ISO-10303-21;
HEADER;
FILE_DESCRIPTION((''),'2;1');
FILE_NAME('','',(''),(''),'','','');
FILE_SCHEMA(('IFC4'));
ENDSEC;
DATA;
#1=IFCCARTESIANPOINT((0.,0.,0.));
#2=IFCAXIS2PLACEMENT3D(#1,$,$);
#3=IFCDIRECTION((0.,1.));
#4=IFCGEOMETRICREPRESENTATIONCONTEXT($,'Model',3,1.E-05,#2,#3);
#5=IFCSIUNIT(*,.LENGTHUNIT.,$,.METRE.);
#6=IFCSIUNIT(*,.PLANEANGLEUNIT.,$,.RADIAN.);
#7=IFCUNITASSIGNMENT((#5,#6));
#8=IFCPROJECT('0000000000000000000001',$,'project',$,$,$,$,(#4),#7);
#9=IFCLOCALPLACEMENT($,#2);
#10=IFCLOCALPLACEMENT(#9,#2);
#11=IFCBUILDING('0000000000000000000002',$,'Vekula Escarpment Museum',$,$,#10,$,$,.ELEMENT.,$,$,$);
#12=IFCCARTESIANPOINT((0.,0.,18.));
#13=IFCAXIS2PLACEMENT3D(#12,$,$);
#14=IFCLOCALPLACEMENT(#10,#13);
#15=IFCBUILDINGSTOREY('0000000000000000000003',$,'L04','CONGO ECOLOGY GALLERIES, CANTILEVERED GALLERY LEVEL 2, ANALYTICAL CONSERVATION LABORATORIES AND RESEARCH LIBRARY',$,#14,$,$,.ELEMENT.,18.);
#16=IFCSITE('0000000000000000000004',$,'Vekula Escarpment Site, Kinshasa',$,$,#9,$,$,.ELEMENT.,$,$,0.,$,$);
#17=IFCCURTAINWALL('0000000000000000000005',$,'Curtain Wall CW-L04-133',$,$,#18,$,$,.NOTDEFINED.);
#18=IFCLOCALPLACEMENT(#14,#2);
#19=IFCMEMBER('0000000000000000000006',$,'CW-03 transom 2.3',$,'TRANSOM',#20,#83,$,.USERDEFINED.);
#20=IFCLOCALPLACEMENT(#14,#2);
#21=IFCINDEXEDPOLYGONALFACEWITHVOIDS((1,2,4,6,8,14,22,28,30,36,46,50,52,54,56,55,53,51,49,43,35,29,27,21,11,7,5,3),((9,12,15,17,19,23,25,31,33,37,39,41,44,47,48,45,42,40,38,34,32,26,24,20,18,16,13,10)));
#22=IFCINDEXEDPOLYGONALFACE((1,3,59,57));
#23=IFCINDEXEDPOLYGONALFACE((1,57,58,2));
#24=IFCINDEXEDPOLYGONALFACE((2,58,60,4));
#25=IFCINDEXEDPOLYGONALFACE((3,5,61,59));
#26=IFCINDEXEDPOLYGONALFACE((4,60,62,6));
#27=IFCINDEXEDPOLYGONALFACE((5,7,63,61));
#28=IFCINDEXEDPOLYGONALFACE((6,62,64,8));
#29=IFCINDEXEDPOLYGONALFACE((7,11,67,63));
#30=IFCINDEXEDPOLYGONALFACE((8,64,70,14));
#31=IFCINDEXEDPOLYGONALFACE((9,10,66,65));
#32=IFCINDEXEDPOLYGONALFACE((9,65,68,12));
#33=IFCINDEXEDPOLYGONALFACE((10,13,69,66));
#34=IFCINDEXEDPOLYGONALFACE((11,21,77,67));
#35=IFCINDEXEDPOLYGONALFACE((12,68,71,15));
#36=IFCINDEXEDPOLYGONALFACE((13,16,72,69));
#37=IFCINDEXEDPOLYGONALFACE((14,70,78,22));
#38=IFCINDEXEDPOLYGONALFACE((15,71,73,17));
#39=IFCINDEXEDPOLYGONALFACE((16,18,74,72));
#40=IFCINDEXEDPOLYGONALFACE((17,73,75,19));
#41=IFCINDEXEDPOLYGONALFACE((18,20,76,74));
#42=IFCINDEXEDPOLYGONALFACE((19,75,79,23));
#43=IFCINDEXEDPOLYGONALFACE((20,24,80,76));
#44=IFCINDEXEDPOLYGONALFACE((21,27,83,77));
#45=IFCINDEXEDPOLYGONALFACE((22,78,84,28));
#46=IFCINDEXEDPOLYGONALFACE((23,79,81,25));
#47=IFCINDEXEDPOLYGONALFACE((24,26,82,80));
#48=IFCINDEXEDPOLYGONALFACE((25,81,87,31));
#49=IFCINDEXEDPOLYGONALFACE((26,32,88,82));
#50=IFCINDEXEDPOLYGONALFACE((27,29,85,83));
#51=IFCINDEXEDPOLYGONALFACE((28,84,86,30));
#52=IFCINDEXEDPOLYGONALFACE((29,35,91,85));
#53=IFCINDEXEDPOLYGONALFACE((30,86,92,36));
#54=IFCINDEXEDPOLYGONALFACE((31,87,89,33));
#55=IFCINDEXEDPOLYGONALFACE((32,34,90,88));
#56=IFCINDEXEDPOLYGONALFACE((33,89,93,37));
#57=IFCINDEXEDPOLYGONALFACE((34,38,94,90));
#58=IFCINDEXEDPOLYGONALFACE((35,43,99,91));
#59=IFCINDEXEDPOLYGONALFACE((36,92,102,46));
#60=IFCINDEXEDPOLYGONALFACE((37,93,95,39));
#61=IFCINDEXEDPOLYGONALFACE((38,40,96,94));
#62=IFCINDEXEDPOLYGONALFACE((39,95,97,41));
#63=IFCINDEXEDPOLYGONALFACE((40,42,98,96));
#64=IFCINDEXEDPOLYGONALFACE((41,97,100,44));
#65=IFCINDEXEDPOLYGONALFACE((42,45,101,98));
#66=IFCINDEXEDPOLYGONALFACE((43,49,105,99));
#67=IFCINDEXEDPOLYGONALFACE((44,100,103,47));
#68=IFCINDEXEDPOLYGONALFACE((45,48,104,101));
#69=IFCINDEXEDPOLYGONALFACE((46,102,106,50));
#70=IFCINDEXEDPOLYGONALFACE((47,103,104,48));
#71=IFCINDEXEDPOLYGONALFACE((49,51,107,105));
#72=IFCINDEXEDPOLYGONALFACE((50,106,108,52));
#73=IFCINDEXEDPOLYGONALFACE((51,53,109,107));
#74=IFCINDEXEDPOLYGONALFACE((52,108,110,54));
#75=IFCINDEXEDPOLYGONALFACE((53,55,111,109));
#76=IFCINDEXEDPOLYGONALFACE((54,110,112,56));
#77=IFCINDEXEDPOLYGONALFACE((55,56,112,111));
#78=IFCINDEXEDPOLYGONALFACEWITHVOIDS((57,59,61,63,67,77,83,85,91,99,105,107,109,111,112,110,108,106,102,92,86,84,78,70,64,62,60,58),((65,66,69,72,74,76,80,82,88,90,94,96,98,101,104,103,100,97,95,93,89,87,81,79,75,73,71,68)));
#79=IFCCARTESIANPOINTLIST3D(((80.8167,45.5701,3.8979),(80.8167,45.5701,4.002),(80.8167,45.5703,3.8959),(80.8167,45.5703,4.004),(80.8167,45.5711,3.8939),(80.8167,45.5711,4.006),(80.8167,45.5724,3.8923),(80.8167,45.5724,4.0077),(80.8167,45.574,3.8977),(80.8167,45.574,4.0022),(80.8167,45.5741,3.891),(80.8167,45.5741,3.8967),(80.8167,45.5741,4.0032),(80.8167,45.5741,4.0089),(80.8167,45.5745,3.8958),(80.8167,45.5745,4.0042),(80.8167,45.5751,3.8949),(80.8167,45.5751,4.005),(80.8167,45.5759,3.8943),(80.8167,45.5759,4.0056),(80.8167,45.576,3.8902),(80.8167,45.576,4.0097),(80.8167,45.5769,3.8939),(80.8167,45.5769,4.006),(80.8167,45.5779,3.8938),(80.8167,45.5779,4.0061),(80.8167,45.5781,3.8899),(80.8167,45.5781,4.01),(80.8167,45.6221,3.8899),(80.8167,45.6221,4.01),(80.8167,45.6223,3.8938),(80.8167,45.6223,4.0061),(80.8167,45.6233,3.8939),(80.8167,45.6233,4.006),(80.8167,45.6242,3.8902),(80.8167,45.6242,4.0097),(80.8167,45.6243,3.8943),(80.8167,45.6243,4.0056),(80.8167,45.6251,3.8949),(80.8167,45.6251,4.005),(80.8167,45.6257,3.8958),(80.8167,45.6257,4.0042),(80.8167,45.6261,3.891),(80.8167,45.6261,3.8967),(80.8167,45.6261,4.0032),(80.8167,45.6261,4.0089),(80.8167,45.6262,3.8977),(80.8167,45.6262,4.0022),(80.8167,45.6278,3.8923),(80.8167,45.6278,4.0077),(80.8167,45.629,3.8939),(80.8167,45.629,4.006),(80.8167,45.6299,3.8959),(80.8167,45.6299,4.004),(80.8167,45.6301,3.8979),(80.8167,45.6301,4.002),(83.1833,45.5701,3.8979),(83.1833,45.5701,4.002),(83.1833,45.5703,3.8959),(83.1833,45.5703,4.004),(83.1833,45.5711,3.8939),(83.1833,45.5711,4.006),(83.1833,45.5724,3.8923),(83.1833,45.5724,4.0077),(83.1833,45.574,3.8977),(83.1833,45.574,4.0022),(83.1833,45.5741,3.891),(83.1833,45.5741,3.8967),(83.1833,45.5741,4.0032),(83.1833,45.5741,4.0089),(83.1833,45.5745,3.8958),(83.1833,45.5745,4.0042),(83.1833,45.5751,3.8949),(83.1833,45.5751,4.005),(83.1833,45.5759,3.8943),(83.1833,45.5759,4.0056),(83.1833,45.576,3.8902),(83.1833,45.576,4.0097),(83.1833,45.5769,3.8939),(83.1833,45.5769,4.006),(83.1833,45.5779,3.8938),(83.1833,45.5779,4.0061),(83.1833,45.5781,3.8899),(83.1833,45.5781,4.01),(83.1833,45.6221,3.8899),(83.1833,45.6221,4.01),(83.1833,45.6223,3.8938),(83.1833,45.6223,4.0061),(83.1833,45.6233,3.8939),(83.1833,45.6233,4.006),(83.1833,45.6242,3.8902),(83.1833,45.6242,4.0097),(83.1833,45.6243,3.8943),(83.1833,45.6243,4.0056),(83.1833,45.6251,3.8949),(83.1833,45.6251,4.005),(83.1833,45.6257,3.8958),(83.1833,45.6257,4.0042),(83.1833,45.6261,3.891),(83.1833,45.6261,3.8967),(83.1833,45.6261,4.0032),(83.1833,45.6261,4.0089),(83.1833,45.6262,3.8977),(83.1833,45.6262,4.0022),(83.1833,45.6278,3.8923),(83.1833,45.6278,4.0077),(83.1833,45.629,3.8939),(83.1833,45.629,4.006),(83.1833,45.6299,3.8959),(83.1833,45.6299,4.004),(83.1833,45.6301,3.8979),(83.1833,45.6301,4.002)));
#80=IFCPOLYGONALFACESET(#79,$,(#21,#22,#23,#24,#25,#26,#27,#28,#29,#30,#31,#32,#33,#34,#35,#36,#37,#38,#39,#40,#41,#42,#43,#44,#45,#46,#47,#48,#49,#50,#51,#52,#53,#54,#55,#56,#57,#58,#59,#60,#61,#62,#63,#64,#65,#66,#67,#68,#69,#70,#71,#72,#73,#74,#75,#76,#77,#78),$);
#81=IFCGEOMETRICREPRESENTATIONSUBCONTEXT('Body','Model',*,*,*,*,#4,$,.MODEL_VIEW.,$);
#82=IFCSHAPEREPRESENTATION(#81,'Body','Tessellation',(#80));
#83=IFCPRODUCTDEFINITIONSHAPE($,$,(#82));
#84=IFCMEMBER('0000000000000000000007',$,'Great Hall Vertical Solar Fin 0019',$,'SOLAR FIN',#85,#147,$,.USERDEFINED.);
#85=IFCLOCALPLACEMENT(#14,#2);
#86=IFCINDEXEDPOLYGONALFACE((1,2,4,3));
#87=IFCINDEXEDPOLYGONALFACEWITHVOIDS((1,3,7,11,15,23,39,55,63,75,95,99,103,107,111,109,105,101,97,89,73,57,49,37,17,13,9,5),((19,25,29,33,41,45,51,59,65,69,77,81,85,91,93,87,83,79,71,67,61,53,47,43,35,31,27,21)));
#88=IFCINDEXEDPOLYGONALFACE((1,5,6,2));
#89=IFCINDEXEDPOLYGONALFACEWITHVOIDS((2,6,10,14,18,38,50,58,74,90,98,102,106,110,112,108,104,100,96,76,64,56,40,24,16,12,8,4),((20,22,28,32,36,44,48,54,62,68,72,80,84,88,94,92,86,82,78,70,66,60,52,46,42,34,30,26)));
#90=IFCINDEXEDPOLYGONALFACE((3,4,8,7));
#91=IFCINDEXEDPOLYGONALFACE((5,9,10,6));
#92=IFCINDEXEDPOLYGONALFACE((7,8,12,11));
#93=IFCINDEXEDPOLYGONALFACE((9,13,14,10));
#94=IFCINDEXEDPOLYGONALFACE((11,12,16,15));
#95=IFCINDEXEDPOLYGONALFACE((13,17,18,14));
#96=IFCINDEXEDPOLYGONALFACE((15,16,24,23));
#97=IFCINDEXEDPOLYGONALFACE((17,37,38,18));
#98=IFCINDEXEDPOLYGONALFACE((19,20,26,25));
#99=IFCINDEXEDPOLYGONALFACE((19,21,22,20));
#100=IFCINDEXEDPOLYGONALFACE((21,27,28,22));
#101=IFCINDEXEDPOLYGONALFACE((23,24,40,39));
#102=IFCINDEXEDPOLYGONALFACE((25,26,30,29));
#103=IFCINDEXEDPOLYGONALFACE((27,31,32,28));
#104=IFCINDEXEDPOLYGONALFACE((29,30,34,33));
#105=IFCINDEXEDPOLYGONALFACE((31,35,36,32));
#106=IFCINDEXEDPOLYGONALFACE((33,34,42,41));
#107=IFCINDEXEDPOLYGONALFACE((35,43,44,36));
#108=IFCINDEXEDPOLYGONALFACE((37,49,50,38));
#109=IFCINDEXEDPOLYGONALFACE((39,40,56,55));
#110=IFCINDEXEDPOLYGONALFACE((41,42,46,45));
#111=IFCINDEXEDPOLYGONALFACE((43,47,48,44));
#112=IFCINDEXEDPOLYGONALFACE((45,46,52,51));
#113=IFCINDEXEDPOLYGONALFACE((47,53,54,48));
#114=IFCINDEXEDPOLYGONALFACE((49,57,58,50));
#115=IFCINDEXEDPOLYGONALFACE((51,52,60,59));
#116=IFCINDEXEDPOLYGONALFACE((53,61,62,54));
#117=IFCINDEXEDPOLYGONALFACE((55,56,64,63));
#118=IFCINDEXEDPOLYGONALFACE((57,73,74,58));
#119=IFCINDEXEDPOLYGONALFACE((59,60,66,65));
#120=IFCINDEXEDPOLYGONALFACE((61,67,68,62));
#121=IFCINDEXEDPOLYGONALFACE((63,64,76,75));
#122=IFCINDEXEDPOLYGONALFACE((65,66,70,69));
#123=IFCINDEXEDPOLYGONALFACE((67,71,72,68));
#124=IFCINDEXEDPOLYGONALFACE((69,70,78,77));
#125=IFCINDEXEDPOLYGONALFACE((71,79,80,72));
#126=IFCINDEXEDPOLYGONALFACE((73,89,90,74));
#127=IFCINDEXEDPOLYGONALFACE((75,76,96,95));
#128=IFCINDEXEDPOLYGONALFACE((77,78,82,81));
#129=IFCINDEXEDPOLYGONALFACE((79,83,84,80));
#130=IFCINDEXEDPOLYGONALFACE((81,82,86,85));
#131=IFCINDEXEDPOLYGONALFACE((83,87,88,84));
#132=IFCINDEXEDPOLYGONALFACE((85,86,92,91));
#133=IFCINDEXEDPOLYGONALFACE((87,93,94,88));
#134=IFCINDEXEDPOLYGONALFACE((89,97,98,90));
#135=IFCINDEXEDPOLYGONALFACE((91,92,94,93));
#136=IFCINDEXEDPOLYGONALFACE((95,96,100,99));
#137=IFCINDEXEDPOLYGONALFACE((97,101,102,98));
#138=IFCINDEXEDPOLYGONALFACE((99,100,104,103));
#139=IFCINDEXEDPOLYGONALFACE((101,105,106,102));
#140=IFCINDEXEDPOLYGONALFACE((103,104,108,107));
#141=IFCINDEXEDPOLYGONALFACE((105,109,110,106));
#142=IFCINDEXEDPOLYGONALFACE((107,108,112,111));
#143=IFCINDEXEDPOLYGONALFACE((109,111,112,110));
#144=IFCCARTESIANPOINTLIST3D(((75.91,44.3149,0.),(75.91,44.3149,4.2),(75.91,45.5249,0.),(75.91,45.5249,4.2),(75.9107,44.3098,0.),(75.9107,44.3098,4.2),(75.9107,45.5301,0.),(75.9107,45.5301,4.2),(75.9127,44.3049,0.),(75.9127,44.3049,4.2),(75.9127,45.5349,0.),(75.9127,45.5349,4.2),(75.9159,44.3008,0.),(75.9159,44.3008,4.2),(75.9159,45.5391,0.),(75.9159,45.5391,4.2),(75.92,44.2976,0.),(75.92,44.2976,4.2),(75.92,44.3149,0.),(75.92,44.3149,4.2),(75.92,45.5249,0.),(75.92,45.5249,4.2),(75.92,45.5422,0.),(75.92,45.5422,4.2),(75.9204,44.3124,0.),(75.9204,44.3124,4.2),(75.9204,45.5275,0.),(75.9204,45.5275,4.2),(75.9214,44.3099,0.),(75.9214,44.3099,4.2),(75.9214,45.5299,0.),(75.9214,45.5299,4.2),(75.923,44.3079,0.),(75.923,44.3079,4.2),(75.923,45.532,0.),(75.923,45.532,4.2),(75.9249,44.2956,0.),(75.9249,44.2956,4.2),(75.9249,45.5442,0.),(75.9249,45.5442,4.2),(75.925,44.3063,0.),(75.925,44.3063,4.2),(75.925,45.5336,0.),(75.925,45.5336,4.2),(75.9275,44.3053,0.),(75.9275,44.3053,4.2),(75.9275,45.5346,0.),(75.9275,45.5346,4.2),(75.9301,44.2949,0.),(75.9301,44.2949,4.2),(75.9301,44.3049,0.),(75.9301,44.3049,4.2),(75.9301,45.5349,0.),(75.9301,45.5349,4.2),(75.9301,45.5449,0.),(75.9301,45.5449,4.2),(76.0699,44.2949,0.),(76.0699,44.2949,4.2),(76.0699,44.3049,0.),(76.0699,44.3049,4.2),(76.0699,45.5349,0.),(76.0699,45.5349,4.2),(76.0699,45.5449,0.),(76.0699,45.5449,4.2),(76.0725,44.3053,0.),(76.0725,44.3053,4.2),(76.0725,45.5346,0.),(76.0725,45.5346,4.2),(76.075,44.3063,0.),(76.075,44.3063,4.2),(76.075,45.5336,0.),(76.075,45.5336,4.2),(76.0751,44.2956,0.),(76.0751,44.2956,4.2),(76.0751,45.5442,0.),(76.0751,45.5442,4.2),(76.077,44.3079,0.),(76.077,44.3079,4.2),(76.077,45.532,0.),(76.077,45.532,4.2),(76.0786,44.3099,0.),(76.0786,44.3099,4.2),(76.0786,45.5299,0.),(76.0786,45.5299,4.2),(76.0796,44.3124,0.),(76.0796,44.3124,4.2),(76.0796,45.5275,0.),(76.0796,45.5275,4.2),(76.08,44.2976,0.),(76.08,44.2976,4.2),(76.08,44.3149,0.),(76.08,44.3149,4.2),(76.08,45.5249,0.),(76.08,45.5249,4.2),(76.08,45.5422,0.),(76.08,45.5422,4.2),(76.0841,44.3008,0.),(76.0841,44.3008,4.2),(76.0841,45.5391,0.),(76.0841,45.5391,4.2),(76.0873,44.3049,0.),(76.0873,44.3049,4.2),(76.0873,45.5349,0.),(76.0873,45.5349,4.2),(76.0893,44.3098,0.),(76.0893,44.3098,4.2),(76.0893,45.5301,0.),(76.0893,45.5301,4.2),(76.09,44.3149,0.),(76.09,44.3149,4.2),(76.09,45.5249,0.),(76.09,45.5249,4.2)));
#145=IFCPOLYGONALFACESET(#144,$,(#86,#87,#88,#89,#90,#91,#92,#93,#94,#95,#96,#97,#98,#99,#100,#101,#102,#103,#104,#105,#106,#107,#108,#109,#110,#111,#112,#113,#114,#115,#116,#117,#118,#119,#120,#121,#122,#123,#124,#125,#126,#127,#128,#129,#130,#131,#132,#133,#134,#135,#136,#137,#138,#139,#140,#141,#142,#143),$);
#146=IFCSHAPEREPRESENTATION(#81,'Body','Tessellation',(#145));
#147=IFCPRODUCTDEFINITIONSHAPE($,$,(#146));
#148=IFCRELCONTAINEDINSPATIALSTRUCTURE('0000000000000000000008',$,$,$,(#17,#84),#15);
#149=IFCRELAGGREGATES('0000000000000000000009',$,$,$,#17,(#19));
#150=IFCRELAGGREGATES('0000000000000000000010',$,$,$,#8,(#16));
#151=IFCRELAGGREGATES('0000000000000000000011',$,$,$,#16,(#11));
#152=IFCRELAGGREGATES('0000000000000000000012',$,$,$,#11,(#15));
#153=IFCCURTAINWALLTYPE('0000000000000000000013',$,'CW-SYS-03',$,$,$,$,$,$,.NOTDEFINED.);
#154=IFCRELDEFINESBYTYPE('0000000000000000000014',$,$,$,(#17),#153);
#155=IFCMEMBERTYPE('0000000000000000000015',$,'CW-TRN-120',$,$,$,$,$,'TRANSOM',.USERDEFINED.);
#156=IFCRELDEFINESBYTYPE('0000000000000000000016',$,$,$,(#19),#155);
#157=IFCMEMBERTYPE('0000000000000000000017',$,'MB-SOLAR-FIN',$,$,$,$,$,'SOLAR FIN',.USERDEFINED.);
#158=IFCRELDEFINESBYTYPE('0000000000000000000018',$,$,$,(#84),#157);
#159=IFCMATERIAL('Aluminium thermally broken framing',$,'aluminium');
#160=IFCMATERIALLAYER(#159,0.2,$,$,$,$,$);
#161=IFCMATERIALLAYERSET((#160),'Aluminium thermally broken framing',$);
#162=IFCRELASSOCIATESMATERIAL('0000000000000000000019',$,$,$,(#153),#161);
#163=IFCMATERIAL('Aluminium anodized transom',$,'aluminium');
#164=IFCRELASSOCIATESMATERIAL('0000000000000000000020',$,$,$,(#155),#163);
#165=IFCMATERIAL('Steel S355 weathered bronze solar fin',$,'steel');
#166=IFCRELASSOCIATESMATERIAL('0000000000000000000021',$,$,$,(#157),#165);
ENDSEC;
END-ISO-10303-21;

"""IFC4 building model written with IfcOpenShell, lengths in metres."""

from ifc_helpers import new_model, si_unit, direction, frame, origin, origin_2d, place, context, subcontext, project, spatial, hollow_rectangle, extrude, material, layer, layer_set, material_profile, profile_set, type_object, element, aggregate, save


model = new_model("IFC4")

# Units and contexts
model_context = context("Model", 3, precision=1e-05, world=origin(), true_north=direction((0.0, 1.0)))
body_context = subcontext(model_context, "Body", "Model", "MODEL_VIEW")
ifc_project = project(units=[si_unit("LENGTHUNIT", "METRE"), si_unit("PLANEANGLEUNIT", "RADIAN")], contexts=[model_context])

# Site, building, storey
site_placement = place(None, origin())
site = spatial("IfcSite", under=ifc_project, at=site_placement, Name="Vekula Escarpment Site, Kinshasa", CompositionType="ELEMENT", RefElevation=0.0)
building_placement = place(site_placement, origin())
building = spatial("IfcBuilding", under=site, at=building_placement, Name="Vekula Escarpment Museum", CompositionType="ELEMENT")
storey_placement = place(building_placement, frame((0.0, 0.0, 18.0)))
storey = spatial("IfcBuildingStorey", under=building, at=storey_placement, Name="L04", Description="CONGO ECOLOGY GALLERIES, CANTILEVERED GALLERY LEVEL 2, ANALYTICAL CONSERVATION LABORATORIES AND RESEARCH LIBRARY", CompositionType="ELEMENT", Elevation=18.0)

# Curtain wall
ifc_material_1 = material(Name="Aluminium thermally broken framing", Category="aluminium")
ifc_layer_1 = layer(ifc_material_1, 0.2)
ifc_layer_set_1 = layer_set([ifc_layer_1], Name="Aluminium thermally broken framing")
curtain_wall_type_1 = type_object("IfcCurtainWallType", Name="CW-SYS-03", PredefinedType="NOTDEFINED", material=ifc_layer_set_1)
curtain_wall_1_placement = place(storey_placement, origin())
curtain_wall_1 = element("IfcCurtainWall", 1, at=curtain_wall_1_placement, inside=storey, type_object=curtain_wall_type_1, Name="Curtain Wall CW-L04-133", PredefinedType="NOTDEFINED")

# Member
ifc_material_2 = material(Name="Aluminium anodized transom", Category="aluminium")
ifc_material_profile_1 = material_profile(ifc_material_2, hollow_rectangle(XDim=0.0601, YDim=0.1201, WallThickness=0.0039, InnerFilletRadius=0.0039, OuterFilletRadius=0.0081, at=origin_2d()), Name="ALU 120x60x4")
ifc_profile_set_1 = profile_set([ifc_material_profile_1], Name="Aluminium anodized transom")
member_type_1 = type_object("IfcMemberType", Name="CW-TRN-120", ElementType="TRANSOM", PredefinedType="USERDEFINED", material=ifc_profile_set_1)
member_1_placement = place(storey_placement, frame((80.8167, 45.6001, 3.95), z_axis=(1.0, 0.0, 0.0), x_axis=(0.0, 1.0, 0.0)))
member_1 = element("IfcMember", 2, at=member_1_placement, type_object=member_type_1, Name="CW-03 transom 2.3", ObjectType="TRANSOM", PredefinedType="USERDEFINED", context=body_context, shape_type="SweptSolid", body=[
    extrude(hollow_rectangle(XDim=0.0601, YDim=0.1201, WallThickness=0.0039, InnerFilletRadius=0.0039, OuterFilletRadius=0.0081, at=origin_2d()), origin(), (0.0, 0.0, 1.0), 2.3667),
])

# Member
ifc_material_3 = material(Name="Steel S355 weathered bronze solar fin", Category="steel")
ifc_material_profile_2 = material_profile(ifc_material_3, hollow_rectangle(XDim=0.1799, YDim=1.25, WallThickness=0.01, InnerFilletRadius=0.01, OuterFilletRadius=0.02, at=origin_2d()), Name="RHS 1250x180x10")
ifc_profile_set_2 = profile_set([ifc_material_profile_2], Name="Steel S355 weathered bronze solar fin")
member_type_2 = type_object("IfcMemberType", Name="MB-SOLAR-FIN", ElementType="SOLAR FIN", PredefinedType="USERDEFINED", material=ifc_profile_set_2)
for number, where, z_axis, x_axis, name in (
    (3, (76.0, 44.9199, 0.0), (0.0, 0.0, 1.0), (1.0, 0.0, 0.0), "Great Hall Vertical Solar Fin 0019"),
):
    element("IfcMember", number, at=place(storey_placement, frame(where, z_axis=z_axis, x_axis=x_axis)), inside=storey, type_object=member_type_2, Name=name, ObjectType="SOLAR FIN", PredefinedType="USERDEFINED", context=body_context, shape_type="SweptSolid", body=[
        extrude(hollow_rectangle(XDim=0.1799, YDim=1.25, WallThickness=0.01, InnerFilletRadius=0.01, OuterFilletRadius=0.02, at=origin_2d()), origin(), (0.0, 0.0, 1.0), 4.2),
    ])

aggregate(curtain_wall_1, [member_1])

save(model, "model.ifc")
